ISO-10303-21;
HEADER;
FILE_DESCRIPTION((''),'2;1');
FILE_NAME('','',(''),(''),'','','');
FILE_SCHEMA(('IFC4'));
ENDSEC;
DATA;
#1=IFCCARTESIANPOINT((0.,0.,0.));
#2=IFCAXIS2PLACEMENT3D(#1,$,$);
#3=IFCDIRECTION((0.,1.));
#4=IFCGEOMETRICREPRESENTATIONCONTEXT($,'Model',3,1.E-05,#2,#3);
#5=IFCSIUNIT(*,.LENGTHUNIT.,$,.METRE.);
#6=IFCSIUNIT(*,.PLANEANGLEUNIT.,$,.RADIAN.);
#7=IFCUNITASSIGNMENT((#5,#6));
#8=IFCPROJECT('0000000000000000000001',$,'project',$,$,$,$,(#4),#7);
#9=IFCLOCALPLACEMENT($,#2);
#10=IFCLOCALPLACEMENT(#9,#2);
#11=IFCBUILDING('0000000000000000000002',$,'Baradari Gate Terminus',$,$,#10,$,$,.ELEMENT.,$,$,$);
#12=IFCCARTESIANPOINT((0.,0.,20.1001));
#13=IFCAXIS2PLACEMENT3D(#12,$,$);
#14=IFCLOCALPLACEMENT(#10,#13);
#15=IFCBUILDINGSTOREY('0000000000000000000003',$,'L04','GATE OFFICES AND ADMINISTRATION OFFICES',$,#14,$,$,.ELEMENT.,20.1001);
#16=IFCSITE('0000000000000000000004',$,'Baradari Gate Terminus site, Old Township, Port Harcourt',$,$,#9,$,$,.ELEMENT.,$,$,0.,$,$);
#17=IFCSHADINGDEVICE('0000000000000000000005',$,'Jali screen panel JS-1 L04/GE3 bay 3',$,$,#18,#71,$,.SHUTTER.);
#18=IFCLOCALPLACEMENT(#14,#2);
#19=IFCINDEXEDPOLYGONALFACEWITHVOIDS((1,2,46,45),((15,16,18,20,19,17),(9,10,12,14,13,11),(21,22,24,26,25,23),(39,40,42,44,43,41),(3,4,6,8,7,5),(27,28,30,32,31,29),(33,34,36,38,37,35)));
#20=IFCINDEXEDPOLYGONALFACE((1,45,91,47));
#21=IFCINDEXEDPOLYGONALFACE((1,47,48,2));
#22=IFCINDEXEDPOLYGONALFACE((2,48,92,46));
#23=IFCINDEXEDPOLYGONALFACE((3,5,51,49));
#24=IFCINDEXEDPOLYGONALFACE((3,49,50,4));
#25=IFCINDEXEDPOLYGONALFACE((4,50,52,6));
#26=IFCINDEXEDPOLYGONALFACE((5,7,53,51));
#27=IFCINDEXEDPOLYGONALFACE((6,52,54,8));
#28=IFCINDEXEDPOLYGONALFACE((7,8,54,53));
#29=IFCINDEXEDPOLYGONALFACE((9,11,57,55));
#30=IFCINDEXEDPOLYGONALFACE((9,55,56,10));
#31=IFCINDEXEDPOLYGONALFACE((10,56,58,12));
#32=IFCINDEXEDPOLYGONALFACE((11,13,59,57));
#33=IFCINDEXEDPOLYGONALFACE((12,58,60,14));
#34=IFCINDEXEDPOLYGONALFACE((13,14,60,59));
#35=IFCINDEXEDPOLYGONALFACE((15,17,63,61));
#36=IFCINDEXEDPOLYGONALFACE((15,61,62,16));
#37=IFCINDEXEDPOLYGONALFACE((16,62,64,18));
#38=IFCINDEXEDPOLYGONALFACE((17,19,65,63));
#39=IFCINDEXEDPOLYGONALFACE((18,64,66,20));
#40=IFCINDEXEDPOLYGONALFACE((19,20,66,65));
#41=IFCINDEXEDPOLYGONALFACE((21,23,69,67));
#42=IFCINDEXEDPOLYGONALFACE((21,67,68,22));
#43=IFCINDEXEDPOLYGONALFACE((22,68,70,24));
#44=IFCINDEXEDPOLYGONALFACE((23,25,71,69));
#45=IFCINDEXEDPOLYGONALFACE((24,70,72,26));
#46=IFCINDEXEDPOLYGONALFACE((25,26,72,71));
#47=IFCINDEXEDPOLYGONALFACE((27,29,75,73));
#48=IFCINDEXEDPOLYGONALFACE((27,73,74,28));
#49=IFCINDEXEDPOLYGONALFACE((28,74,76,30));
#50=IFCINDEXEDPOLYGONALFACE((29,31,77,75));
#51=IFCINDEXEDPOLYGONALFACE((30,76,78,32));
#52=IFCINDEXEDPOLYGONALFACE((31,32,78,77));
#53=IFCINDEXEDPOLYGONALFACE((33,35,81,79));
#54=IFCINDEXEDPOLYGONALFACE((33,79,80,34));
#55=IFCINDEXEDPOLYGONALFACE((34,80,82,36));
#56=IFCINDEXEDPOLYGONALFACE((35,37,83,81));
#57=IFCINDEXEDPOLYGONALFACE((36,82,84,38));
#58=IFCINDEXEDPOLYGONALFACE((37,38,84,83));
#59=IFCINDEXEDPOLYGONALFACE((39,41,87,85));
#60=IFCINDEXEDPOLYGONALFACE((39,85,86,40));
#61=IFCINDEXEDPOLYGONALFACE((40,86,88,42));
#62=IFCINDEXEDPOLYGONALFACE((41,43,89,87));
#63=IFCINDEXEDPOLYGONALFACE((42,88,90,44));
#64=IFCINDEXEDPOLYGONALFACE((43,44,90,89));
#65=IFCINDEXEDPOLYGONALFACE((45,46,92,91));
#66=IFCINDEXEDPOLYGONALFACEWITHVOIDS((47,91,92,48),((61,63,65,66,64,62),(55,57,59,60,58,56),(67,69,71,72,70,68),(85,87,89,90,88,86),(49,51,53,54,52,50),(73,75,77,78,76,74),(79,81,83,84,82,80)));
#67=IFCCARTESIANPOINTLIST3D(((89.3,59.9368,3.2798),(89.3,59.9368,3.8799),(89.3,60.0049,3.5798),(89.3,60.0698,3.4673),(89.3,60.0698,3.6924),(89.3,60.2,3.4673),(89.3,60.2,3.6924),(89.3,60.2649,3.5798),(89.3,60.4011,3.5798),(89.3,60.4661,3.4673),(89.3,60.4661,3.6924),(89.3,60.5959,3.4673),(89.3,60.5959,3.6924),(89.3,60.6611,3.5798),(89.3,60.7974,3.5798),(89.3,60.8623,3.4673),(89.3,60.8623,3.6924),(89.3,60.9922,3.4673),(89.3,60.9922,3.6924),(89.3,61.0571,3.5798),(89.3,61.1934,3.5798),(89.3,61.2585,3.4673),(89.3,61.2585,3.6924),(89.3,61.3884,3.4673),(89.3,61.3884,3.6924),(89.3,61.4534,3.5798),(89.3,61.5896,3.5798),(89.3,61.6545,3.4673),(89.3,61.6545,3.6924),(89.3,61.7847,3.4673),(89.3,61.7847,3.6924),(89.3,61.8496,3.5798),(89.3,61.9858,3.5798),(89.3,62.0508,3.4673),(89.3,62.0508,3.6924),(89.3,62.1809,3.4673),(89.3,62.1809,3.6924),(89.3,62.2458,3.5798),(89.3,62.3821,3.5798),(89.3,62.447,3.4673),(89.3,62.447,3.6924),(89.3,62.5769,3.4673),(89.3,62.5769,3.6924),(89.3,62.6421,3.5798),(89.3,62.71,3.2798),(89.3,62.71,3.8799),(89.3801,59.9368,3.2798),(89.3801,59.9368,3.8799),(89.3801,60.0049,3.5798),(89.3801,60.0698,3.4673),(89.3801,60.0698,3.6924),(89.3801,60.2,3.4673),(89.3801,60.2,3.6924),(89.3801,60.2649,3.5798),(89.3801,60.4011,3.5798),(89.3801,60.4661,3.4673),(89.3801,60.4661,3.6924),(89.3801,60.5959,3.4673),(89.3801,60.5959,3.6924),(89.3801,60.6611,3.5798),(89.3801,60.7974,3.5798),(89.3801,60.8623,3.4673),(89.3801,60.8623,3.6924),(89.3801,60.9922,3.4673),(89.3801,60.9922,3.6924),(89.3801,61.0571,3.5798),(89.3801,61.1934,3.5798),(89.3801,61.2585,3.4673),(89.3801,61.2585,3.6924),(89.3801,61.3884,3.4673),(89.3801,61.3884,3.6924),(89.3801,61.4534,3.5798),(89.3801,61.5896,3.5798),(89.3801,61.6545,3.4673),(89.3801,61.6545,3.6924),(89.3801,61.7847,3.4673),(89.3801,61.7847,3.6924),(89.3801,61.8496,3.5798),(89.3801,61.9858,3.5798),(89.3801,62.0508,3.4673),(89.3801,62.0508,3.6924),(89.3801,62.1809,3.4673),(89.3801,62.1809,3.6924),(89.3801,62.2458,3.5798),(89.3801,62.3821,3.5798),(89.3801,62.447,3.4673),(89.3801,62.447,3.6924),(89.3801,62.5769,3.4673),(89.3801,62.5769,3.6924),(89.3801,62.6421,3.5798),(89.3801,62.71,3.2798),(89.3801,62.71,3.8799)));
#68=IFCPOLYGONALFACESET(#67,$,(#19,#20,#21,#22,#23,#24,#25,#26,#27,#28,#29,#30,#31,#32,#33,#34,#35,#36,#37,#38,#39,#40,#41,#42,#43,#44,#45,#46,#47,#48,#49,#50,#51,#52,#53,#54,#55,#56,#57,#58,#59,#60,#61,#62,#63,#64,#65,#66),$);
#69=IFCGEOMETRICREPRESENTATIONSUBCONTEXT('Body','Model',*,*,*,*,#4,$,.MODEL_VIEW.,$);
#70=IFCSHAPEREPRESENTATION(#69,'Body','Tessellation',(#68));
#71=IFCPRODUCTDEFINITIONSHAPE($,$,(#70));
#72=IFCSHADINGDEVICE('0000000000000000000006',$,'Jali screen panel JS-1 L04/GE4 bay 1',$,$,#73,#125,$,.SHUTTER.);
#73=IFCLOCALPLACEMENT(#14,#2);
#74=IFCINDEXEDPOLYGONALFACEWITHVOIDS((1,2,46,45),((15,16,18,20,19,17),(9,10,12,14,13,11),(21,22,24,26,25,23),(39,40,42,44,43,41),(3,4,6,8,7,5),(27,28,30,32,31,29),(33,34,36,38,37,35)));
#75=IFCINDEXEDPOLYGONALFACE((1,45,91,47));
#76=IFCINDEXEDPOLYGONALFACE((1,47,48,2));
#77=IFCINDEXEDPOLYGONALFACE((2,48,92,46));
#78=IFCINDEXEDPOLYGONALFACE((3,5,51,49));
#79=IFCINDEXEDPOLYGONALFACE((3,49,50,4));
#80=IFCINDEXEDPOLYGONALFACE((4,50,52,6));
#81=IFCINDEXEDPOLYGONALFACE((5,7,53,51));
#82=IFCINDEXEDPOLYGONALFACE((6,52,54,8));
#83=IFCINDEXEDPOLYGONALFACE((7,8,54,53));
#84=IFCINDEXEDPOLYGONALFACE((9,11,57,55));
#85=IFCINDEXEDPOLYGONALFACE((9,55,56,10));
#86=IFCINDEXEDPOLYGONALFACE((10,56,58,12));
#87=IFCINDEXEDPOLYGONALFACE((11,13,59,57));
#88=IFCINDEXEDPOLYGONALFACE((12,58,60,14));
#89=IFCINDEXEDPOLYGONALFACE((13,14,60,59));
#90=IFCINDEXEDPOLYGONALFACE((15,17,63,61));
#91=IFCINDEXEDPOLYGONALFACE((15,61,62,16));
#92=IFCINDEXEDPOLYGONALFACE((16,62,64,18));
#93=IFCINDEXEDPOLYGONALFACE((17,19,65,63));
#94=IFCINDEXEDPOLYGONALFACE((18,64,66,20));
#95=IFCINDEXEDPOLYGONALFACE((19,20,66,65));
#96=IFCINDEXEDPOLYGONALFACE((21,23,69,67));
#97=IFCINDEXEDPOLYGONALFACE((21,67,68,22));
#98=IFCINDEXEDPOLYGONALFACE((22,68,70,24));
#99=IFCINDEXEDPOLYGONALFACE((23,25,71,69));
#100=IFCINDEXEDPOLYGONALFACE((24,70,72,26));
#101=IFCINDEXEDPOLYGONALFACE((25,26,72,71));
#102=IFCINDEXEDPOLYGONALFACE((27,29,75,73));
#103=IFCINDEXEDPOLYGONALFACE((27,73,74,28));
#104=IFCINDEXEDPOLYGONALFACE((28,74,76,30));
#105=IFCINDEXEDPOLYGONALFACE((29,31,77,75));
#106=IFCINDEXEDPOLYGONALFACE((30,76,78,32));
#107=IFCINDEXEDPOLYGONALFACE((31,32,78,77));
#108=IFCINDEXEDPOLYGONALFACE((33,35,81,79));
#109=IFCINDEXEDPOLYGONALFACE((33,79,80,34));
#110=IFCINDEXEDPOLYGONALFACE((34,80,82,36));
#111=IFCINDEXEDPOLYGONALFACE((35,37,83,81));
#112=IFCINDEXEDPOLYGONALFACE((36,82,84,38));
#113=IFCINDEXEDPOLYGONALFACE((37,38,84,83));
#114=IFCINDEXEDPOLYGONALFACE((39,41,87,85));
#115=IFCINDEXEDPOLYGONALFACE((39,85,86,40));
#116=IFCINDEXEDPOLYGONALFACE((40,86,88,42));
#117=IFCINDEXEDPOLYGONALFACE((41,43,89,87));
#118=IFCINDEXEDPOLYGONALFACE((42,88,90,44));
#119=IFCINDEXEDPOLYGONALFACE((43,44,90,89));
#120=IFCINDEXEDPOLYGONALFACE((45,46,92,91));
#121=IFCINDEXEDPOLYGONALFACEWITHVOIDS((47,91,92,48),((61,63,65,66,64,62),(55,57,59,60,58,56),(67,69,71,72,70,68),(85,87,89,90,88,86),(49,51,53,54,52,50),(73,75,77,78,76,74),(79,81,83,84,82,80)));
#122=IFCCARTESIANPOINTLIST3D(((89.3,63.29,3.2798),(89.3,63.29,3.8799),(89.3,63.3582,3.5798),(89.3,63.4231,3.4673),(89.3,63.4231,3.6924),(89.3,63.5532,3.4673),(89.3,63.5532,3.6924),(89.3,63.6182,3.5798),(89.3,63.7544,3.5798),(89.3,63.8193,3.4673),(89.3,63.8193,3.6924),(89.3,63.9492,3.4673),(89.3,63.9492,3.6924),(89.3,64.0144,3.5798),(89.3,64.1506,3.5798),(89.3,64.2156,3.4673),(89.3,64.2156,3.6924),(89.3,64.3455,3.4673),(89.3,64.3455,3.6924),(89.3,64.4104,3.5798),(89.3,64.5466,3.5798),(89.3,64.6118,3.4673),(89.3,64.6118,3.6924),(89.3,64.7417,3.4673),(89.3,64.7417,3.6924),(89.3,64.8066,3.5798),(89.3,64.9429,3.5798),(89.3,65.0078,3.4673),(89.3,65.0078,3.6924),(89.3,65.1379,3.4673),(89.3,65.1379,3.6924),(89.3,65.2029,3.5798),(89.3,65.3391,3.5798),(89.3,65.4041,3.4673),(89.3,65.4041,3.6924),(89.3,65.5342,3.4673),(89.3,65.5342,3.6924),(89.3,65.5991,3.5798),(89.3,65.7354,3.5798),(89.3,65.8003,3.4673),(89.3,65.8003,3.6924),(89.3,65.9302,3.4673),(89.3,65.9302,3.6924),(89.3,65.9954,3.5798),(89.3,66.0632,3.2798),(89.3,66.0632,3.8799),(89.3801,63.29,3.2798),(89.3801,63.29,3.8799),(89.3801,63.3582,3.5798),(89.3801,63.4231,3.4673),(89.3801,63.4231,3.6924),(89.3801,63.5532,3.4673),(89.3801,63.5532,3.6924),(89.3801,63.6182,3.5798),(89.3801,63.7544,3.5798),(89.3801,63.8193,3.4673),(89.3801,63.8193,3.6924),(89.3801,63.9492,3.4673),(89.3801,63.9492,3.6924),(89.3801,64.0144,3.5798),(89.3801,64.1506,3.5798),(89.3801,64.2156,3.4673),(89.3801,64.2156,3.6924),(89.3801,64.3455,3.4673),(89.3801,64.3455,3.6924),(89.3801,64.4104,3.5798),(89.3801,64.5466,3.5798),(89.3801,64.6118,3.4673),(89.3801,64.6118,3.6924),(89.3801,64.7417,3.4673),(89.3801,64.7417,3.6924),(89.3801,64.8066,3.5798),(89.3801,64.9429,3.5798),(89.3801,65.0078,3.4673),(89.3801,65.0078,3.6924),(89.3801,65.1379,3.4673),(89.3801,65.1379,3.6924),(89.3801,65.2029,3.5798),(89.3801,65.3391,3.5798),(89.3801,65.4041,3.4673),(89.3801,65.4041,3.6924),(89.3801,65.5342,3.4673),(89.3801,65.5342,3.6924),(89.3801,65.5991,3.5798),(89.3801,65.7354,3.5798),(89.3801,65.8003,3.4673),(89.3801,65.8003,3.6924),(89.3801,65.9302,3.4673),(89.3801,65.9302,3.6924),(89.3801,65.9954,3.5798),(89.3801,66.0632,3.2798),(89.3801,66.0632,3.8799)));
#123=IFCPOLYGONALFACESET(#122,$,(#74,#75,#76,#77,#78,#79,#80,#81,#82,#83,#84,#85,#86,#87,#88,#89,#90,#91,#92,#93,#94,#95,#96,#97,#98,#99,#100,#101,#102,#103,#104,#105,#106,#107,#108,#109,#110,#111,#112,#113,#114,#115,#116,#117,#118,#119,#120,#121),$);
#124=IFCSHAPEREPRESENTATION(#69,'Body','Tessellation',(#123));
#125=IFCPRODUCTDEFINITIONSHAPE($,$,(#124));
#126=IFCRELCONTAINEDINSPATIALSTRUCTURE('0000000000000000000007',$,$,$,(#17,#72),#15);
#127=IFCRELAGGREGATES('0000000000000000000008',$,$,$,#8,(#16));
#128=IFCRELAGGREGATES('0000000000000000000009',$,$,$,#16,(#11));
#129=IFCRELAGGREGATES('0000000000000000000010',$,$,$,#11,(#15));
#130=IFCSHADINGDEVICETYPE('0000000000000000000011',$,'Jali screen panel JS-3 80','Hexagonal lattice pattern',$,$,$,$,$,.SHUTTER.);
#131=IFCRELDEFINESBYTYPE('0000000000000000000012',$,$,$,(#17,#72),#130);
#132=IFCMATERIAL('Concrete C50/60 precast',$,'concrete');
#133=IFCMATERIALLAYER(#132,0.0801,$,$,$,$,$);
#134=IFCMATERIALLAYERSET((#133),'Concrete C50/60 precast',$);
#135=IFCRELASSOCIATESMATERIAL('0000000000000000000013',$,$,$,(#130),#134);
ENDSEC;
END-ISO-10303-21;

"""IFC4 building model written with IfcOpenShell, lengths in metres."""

from ifc_helpers import new_model, si_unit, direction, frame, origin, place, context, subcontext, project, spatial, polyline, outline, extrude, material, layer, layer_set, type_object, element, save


model = new_model("IFC4")

# Units and contexts
model_context = context("Model", 3, precision=1e-05, world=origin(), true_north=direction((0.0, 1.0)))
body_context = subcontext(model_context, "Body", "Model", "MODEL_VIEW")
ifc_project = project(units=[si_unit("LENGTHUNIT", "METRE"), si_unit("PLANEANGLEUNIT", "RADIAN")], contexts=[model_context])

# Site, building, storey
site_placement = place(None, origin())
site = spatial("IfcSite", under=ifc_project, at=site_placement, Name="Baradari Gate Terminus site, Old Township, Port Harcourt", CompositionType="ELEMENT", RefElevation=0.0)
building_placement = place(site_placement, origin())
building = spatial("IfcBuilding", under=site, at=building_placement, Name="Baradari Gate Terminus", CompositionType="ELEMENT")
storey_placement = place(building_placement, frame((0.0, 0.0, 20.1001)))
storey = spatial("IfcBuildingStorey", under=building, at=storey_placement, Name="L04", Description="GATE OFFICES AND ADMINISTRATION OFFICES", CompositionType="ELEMENT", Elevation=20.1001)

# Shading devices
ifc_material_1 = material(Name="Concrete C50/60 precast", Category="concrete")
ifc_layer_1 = layer(ifc_material_1, 0.0801)
ifc_layer_set_1 = layer_set([ifc_layer_1], Name="Concrete C50/60 precast")
shading_device_type = type_object("IfcShadingDeviceType", Name="Jali screen panel JS-3 80", Description="Hexagonal lattice pattern", PredefinedType="SHUTTER", material=ifc_layer_set_1)
shading_device_1_placement = place(storey_placement, frame((89.3401, 59.9368, 3.2798), z_axis=(0.0, 0.0, 1.0), x_axis=(0.0, 1.0, 0.0)))
element("IfcShadingDevice", 1, at=shading_device_1_placement, inside=storey, type_object=shading_device_type, Name="Jali screen panel JS-1 L04/GE3 bay 3", PredefinedType="SHUTTER", context=body_context, shape_type="SweptSolid", body=[
    extrude(outline(polyline([(0.0, 0.0), (2.7732, 0.0), (2.7732, 0.6001), (0.0, 0.6001), (0.0, 0.0)]), holes=[polyline([(0.3281, 0.3), (0.2632, 0.1875), (0.1331, 0.1875), (0.0681, 0.3), (0.1331, 0.4126), (0.2632, 0.4126), (0.3281, 0.3)]), polyline([(0.7244, 0.3), (0.6592, 0.1875), (0.5293, 0.1875), (0.4644, 0.3), (0.5293, 0.4126), (0.6592, 0.4126), (0.7244, 0.3)]), polyline([(1.1204, 0.3), (1.0554, 0.1875), (0.9255, 0.1875), (0.8606, 0.3), (0.9255, 0.4126), (1.0554, 0.4126), (1.1204, 0.3)]), polyline([(1.5166, 0.3), (1.4517, 0.1875), (1.3218, 0.1875), (1.2566, 0.3), (1.3218, 0.4126), (1.4517, 0.4126), (1.5166, 0.3)]), polyline([(1.9128, 0.3), (1.8479, 0.1875), (1.7178, 0.1875), (1.6528, 0.3), (1.7178, 0.4126), (1.8479, 0.4126), (1.9128, 0.3)]), polyline([(2.3091, 0.3), (2.2441, 0.1875), (2.114, 0.1875), (2.0491, 0.3), (2.114, 0.4126), (2.2441, 0.4126), (2.3091, 0.3)]), polyline([(2.7053, 0.3), (2.6401, 0.1875), (2.5103, 0.1875), (2.4453, 0.3), (2.5103, 0.4126), (2.6401, 0.4126), (2.7053, 0.3)])]), frame((0.0, 0.04, 0.0), z_axis=(0.0, -1.0, 0.0), x_axis=(1.0, 0.0, 0.0)), (0.0, 0.0, 1.0), 0.0801),
])
shading_device_2_placement = place(storey_placement, frame((89.3401, 63.29, 3.2798), z_axis=(0.0, 0.0, 1.0), x_axis=(0.0, 1.0, 0.0)))
element("IfcShadingDevice", 2, at=shading_device_2_placement, inside=storey, type_object=shading_device_type, Name="Jali screen panel JS-1 L04/GE4 bay 1", PredefinedType="SHUTTER", context=body_context, shape_type="SweptSolid", body=[
    extrude(outline(polyline([(0.0, 0.0), (2.7732, 0.0), (2.7732, 0.6001), (0.0, 0.6001), (0.0, 0.0)]), holes=[polyline([(0.3281, 0.3), (0.2632, 0.1875), (0.1331, 0.1875), (0.0681, 0.3), (0.1331, 0.4126), (0.2632, 0.4126), (0.3281, 0.3)]), polyline([(0.7244, 0.3), (0.6592, 0.1875), (0.5293, 0.1875), (0.4644, 0.3), (0.5293, 0.4126), (0.6592, 0.4126), (0.7244, 0.3)]), polyline([(1.1204, 0.3), (1.0554, 0.1875), (0.9255, 0.1875), (0.8606, 0.3), (0.9255, 0.4126), (1.0554, 0.4126), (1.1204, 0.3)]), polyline([(1.5166, 0.3), (1.4517, 0.1875), (1.3218, 0.1875), (1.2566, 0.3), (1.3218, 0.4126), (1.4517, 0.4126), (1.5166, 0.3)]), polyline([(1.9128, 0.3), (1.8479, 0.1875), (1.7178, 0.1875), (1.6528, 0.3), (1.7178, 0.4126), (1.8479, 0.4126), (1.9128, 0.3)]), polyline([(2.3091, 0.3), (2.2441, 0.1875), (2.114, 0.1875), (2.0491, 0.3), (2.114, 0.4126), (2.2441, 0.4126), (2.3091, 0.3)]), polyline([(2.7053, 0.3), (2.6401, 0.1875), (2.5103, 0.1875), (2.4453, 0.3), (2.5103, 0.4126), (2.6401, 0.4126), (2.7053, 0.3)])]), frame((0.0, 0.04, 0.0), z_axis=(0.0, -1.0, 0.0), x_axis=(1.0, 0.0, 0.0)), (0.0, 0.0, 1.0), 0.0801),
])

save(model, "model.ifc")
